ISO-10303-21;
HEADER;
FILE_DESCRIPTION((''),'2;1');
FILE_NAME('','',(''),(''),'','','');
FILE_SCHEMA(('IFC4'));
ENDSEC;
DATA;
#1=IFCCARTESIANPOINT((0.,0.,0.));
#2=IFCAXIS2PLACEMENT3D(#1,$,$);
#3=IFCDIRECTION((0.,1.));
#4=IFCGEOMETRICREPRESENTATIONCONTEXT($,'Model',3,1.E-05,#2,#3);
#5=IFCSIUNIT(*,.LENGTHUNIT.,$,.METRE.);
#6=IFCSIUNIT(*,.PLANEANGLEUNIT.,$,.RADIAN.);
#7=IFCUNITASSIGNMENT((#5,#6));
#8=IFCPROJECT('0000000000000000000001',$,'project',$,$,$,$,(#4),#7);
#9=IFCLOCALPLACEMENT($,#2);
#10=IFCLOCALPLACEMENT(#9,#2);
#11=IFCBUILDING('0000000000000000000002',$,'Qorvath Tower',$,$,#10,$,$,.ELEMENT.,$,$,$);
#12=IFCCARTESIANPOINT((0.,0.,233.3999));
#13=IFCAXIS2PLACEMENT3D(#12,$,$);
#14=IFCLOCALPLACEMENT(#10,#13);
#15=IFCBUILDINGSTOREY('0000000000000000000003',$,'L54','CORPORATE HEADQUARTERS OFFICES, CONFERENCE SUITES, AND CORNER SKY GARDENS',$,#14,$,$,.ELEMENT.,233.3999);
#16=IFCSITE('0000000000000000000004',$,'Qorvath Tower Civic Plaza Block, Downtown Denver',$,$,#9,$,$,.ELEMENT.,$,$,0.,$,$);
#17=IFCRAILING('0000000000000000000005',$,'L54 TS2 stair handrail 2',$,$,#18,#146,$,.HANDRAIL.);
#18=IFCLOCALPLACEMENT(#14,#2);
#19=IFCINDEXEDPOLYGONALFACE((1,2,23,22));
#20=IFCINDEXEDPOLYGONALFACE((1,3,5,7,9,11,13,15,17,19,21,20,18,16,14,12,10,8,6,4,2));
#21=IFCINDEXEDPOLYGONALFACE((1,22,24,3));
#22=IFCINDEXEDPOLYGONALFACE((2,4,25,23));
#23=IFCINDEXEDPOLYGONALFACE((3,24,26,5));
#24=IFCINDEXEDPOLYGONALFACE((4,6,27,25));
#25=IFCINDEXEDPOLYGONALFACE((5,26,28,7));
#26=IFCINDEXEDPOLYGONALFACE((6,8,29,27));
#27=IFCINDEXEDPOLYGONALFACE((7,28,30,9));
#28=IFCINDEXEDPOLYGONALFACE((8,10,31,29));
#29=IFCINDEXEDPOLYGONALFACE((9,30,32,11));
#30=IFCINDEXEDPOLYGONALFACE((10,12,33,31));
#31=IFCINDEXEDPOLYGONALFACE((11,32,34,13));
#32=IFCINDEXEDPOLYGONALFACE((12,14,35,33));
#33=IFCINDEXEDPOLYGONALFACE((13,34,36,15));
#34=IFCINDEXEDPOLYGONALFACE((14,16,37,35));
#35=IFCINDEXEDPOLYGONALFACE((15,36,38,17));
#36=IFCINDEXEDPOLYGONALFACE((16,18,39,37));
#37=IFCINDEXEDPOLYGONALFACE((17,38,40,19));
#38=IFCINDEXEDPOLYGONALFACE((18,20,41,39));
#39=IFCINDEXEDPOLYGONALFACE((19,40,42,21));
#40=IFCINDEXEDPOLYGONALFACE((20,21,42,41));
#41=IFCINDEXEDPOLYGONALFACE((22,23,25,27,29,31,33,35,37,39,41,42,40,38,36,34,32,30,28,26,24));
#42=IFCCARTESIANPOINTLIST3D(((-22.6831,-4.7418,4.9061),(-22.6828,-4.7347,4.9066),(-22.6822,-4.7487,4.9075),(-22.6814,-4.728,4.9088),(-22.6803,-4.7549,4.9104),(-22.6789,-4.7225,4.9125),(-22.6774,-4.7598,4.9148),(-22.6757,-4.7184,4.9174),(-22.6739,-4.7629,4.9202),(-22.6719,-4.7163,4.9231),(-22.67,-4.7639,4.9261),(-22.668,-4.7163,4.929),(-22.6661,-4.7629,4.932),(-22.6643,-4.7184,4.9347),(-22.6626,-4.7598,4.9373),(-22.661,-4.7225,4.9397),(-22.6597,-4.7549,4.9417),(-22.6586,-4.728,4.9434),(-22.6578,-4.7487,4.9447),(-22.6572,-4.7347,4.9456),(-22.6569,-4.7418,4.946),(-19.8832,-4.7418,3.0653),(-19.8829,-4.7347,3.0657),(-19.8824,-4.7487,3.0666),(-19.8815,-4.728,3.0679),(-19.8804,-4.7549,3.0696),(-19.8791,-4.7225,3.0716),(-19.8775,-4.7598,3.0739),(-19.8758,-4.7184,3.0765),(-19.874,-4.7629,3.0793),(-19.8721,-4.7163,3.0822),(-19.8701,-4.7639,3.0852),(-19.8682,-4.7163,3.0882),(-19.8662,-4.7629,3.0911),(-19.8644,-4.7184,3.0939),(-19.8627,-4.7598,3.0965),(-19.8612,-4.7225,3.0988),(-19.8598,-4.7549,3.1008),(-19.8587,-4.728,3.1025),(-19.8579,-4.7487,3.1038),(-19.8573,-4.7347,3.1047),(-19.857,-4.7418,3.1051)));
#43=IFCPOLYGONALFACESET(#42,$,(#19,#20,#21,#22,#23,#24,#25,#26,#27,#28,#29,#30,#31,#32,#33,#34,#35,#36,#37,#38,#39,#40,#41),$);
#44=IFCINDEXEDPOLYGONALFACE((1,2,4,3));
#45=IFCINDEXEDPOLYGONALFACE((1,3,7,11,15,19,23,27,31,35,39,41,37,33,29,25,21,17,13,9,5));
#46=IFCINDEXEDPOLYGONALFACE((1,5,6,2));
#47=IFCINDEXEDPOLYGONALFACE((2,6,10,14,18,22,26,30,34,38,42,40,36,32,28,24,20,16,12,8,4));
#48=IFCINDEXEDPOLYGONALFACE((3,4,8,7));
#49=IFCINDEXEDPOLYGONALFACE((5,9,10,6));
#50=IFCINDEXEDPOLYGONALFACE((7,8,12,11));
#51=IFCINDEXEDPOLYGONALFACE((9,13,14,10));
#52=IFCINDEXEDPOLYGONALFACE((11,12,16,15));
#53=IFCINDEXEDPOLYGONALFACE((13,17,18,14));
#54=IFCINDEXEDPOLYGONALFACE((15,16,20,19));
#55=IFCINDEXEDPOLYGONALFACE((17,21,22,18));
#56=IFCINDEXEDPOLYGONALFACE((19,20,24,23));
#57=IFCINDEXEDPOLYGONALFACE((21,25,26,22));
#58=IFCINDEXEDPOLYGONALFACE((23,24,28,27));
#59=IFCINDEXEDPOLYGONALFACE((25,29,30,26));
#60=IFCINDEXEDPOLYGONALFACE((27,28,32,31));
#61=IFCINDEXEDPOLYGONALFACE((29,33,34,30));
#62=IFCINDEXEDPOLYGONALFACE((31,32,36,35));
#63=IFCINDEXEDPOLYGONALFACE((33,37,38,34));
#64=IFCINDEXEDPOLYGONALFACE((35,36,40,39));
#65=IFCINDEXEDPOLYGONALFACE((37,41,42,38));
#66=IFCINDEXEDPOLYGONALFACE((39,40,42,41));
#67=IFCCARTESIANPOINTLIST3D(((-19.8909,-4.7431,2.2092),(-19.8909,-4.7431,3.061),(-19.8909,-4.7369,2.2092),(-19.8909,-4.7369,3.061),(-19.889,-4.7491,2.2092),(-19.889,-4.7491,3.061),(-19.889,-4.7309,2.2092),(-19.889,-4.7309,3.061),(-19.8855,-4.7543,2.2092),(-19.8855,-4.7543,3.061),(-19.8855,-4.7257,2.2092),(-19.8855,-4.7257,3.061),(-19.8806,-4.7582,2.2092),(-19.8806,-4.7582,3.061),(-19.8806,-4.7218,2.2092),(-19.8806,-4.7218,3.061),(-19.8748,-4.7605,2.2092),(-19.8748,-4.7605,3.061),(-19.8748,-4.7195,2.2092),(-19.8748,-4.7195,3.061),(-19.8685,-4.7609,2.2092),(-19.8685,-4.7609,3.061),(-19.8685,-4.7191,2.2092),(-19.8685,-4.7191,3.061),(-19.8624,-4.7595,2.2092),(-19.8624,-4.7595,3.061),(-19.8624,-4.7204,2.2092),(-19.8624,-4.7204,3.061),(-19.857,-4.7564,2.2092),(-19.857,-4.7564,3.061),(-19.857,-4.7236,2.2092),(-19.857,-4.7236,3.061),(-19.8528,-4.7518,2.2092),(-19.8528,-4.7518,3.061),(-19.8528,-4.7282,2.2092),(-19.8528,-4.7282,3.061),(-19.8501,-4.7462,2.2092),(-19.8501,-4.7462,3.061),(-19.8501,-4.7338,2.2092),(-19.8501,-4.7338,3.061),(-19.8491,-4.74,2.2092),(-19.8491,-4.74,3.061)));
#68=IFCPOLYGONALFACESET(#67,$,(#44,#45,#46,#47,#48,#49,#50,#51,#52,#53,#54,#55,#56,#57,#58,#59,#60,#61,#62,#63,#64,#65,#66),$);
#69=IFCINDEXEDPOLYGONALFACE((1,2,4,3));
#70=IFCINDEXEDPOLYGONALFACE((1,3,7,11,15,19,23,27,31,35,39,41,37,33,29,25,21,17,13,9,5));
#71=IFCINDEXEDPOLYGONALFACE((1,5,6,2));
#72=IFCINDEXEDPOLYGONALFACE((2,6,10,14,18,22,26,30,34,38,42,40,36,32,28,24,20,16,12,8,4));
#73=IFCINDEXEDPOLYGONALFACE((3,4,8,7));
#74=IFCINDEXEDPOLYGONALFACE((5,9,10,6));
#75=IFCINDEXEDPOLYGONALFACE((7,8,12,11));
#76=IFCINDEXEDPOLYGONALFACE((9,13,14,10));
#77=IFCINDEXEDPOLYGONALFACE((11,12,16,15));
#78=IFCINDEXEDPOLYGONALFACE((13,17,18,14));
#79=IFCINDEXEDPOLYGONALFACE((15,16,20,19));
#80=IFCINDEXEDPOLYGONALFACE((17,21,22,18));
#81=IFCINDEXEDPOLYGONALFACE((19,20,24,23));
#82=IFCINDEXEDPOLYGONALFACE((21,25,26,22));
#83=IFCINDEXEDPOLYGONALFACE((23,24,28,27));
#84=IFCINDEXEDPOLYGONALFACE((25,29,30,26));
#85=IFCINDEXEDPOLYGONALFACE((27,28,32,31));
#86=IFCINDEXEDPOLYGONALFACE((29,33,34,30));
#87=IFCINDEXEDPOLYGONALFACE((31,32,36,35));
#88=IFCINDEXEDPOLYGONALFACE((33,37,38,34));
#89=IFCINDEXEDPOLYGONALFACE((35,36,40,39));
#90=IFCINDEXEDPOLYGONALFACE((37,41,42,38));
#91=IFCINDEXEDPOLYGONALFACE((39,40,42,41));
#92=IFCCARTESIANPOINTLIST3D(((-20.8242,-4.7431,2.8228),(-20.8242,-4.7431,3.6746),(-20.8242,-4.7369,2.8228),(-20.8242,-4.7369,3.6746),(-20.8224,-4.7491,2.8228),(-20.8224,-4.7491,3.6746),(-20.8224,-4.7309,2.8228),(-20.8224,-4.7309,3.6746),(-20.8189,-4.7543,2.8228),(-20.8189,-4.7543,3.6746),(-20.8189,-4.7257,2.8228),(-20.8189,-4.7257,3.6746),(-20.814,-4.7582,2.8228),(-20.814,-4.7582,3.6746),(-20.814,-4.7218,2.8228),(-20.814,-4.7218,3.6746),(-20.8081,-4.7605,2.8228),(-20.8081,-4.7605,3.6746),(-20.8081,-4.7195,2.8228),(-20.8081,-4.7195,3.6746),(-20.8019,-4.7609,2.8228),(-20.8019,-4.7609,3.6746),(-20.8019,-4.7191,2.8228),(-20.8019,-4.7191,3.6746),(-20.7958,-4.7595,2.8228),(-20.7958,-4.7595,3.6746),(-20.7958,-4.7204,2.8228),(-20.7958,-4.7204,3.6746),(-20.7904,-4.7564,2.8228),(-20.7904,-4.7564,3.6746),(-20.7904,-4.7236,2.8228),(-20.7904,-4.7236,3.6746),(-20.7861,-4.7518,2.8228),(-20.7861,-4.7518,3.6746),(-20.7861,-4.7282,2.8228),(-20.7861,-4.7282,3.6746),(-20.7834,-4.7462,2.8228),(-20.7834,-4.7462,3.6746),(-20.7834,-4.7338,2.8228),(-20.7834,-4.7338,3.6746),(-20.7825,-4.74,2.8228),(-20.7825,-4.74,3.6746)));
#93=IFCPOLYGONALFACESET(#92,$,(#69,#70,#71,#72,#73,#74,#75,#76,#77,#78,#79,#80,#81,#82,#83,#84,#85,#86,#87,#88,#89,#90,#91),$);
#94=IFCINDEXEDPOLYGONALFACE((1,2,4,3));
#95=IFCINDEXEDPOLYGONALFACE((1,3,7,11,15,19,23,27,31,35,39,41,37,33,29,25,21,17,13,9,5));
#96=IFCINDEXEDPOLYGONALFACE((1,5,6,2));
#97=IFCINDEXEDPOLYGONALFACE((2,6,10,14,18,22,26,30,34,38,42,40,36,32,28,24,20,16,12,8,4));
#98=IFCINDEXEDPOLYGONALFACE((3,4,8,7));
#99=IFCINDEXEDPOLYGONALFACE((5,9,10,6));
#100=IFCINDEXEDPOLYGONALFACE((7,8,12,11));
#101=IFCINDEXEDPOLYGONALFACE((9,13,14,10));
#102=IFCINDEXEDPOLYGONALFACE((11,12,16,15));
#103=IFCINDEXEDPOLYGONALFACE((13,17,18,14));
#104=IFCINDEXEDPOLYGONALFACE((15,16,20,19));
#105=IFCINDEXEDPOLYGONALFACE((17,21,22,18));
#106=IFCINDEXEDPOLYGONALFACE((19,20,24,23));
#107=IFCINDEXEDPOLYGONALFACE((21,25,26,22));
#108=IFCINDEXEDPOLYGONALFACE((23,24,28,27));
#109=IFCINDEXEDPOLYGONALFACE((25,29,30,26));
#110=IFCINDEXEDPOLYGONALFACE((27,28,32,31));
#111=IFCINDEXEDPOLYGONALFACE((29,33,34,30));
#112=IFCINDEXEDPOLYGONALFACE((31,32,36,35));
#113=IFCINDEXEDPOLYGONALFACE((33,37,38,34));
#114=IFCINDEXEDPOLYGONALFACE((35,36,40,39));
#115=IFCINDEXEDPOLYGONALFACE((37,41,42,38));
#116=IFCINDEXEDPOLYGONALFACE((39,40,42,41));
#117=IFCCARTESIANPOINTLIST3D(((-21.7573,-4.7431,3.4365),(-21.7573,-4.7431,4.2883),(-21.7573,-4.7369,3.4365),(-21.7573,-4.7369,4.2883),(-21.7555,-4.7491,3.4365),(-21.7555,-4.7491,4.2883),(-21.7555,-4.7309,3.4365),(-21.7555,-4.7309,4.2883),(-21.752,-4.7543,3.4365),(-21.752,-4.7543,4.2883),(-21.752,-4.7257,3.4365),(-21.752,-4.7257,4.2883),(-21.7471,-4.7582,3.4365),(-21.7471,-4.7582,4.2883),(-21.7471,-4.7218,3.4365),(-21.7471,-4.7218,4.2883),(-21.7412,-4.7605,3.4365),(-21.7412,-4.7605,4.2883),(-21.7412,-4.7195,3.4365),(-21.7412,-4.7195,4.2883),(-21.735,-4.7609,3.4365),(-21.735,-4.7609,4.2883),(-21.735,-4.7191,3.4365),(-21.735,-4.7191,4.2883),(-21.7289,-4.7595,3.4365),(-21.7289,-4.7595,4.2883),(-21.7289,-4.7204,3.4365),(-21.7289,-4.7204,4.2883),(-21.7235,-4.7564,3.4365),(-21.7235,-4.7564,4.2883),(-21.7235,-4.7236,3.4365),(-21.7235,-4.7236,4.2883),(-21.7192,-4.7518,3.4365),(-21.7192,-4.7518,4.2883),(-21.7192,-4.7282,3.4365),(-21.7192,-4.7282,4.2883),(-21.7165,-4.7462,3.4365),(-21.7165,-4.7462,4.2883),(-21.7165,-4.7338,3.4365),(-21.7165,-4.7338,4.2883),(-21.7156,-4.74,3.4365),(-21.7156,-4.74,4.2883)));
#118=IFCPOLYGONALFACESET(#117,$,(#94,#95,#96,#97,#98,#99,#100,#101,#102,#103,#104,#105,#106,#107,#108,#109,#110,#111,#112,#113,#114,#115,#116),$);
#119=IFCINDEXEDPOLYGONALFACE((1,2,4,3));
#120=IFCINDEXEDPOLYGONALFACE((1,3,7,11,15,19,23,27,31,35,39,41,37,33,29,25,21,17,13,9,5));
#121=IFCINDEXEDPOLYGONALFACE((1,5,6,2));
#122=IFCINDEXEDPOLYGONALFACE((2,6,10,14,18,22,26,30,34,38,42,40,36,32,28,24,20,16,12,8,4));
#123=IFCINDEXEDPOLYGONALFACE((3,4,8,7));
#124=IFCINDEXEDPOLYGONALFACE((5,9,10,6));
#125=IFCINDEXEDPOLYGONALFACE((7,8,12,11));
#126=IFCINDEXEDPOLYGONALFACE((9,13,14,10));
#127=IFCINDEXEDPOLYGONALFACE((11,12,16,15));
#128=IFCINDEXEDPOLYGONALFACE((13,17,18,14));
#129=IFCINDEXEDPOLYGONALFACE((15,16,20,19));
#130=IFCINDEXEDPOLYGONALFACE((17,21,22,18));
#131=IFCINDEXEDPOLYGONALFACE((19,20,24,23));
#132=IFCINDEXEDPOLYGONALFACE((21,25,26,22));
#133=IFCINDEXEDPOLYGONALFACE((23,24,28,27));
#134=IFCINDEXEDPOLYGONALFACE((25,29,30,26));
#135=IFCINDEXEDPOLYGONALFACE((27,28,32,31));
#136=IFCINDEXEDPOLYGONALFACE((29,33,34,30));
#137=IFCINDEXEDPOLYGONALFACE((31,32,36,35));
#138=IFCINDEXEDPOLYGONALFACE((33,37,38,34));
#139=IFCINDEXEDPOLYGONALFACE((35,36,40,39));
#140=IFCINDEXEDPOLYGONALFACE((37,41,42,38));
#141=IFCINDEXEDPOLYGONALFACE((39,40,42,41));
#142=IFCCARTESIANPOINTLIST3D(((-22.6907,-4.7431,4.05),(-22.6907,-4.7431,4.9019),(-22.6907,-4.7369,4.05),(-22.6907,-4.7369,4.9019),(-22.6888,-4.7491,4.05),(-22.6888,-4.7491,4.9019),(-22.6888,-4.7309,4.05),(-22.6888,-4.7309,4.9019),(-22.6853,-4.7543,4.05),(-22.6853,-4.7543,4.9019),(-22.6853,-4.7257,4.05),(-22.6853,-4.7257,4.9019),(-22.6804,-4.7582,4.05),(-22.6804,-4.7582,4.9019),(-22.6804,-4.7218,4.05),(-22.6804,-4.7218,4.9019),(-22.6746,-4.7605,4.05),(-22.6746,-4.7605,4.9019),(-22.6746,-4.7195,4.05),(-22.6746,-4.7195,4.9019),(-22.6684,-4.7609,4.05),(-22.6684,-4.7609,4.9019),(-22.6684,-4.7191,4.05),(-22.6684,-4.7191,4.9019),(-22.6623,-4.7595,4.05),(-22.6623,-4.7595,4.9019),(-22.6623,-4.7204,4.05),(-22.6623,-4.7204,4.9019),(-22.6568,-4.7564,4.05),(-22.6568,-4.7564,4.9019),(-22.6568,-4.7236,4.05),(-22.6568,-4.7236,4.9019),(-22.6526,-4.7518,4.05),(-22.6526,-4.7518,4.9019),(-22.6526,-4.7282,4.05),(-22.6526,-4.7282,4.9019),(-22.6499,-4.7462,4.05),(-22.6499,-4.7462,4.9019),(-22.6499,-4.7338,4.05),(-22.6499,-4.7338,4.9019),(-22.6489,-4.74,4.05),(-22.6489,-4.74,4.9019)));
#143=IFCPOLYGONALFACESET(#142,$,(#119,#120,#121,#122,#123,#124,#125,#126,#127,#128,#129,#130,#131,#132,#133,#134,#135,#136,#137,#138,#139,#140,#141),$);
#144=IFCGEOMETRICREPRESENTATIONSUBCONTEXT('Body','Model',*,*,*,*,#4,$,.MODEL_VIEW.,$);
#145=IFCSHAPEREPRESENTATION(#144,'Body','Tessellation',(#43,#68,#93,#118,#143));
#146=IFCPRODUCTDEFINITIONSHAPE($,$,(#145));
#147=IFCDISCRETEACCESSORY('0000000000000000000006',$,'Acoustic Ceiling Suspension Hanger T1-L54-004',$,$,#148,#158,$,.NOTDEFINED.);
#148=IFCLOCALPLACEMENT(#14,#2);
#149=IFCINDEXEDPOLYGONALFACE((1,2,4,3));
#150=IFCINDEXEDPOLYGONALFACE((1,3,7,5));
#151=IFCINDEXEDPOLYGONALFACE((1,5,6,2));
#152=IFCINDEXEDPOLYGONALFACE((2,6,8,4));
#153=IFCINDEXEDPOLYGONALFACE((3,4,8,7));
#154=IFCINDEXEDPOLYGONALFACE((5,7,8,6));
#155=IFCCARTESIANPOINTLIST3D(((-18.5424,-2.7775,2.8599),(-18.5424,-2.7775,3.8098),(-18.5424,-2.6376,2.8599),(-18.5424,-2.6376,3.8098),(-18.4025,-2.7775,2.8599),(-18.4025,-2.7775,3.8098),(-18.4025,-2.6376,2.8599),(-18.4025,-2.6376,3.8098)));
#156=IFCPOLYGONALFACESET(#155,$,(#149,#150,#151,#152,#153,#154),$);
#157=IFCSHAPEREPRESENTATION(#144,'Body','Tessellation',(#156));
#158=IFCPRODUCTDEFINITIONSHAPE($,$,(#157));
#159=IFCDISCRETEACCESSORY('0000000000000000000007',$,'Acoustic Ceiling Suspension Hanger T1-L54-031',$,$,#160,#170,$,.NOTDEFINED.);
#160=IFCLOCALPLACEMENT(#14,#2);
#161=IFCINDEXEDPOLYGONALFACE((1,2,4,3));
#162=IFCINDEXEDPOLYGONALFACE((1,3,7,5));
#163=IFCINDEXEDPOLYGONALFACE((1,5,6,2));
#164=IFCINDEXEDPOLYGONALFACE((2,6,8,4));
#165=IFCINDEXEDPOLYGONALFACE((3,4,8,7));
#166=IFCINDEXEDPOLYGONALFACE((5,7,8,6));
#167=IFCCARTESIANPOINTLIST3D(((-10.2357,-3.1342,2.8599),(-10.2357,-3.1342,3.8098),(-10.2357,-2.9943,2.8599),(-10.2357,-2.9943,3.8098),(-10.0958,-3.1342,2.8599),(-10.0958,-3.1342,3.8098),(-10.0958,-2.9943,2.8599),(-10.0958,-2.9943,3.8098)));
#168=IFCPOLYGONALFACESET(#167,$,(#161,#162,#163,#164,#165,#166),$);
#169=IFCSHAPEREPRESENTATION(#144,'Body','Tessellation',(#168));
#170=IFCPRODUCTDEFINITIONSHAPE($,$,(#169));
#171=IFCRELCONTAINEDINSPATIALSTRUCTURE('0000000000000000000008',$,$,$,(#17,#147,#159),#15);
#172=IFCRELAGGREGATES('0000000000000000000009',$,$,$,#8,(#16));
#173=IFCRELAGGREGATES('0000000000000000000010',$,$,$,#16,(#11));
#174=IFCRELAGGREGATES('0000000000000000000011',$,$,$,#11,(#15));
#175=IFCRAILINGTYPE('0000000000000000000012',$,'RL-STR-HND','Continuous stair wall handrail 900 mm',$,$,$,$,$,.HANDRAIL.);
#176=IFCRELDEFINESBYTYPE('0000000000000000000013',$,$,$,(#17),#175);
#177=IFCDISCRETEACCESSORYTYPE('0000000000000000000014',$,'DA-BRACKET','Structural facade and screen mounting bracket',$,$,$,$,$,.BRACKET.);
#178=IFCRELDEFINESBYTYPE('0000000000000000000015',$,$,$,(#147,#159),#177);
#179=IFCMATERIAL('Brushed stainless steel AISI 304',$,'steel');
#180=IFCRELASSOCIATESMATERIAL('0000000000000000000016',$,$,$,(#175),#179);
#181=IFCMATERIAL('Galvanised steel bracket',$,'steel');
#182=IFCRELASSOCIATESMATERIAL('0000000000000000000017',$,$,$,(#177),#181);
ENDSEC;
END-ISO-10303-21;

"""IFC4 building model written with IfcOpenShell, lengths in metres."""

from ifc_helpers import new_model, si_unit, direction, frame, origin, origin_2d, place, context, subcontext, project, spatial, rectangle, circle, extrude, material, type_object, element, save


model = new_model("IFC4")

# Units and contexts
model_context = context("Model", 3, precision=1e-05, world=origin(), true_north=direction((0.0, 1.0)))
body_context = subcontext(model_context, "Body", "Model", "MODEL_VIEW")
ifc_project = project(units=[si_unit("LENGTHUNIT", "METRE"), si_unit("PLANEANGLEUNIT", "RADIAN")], contexts=[model_context])

# Site, building, storey
site_placement = place(None, origin())
site = spatial("IfcSite", under=ifc_project, at=site_placement, Name="Qorvath Tower Civic Plaza Block, Downtown Denver", CompositionType="ELEMENT", RefElevation=0.0)
building_placement = place(site_placement, origin())
building = spatial("IfcBuilding", under=site, at=building_placement, Name="Qorvath Tower", CompositionType="ELEMENT")
storey_placement = place(building_placement, frame((0.0, 0.0, 233.3999)))
storey = spatial("IfcBuildingStorey", under=building, at=storey_placement, Name="L54", Description="CORPORATE HEADQUARTERS OFFICES, CONFERENCE SUITES, AND CORNER SKY GARDENS", CompositionType="ELEMENT", Elevation=233.3999)

# Railing
ifc_material_1 = material(Name="Brushed stainless steel AISI 304", Category="steel")
railing_type = type_object("IfcRailingType", Name="RL-STR-HND", Description="Continuous stair wall handrail 900 mm", PredefinedType="HANDRAIL", material=ifc_material_1)
railing_placement = place(storey_placement, frame((-19.8701, -4.74, 2.2092)))
element("IfcRailing", 1, at=railing_placement, inside=storey, type_object=railing_type, Name="L54 TS2 stair handrail 2", PredefinedType="HANDRAIL", context=body_context, shape_type="SweptSolid", body=[
    extrude(circle(Radius=0.0239, at=origin_2d()), frame((0.0, 0.0, 0.876), z_axis=(-0.835576, 0.0, 0.549376), x_axis=(0.0, -1.0, 0.0)), (0.0, 0.0, 1.0), 3.3508),
    extrude(circle(Radius=0.021, at=origin_2d()), origin(), (0.0, 0.0, 1.0), 0.8518),
    extrude(circle(Radius=0.021, at=origin_2d()), frame((-0.9333, 0.0, 0.6135)), (0.0, 0.0, 1.0), 0.8518),
    extrude(circle(Radius=0.021, at=origin_2d()), frame((-1.8665, 0.0, 1.2273)), (0.0, 0.0, 1.0), 0.8518),
    extrude(circle(Radius=0.021, at=origin_2d()), frame((-2.7998, 0.0, 1.8408)), (0.0, 0.0, 1.0), 0.8518),
])

# Discrete accessories
ifc_material_2 = material(Name="Galvanised steel bracket", Category="steel")
discrete_accessory_type = type_object("IfcDiscreteAccessoryType", Name="DA-BRACKET", Description="Structural facade and screen mounting bracket", PredefinedType="BRACKET", material=ifc_material_2)
for number, where, z_axis, x_axis, name in (
    (2, (-18.4724, -2.7075, 2.8599), (0.0, 0.0, 1.0), (1.0, 0.0, 0.0), "Acoustic Ceiling Suspension Hanger T1-L54-004"),
    (3, (-10.1658, -3.0642, 2.8599), (0.0, 0.0, 1.0), (1.0, 0.0, 0.0), "Acoustic Ceiling Suspension Hanger T1-L54-031"),
):
    element("IfcDiscreteAccessory", number, at=place(storey_placement, frame(where, z_axis=z_axis, x_axis=x_axis)), inside=storey, type_object=discrete_accessory_type, Name=name, PredefinedType="NOTDEFINED", context=body_context, shape_type="SweptSolid", body=[
        extrude(rectangle(XDim=0.1399, YDim=0.1399, at=origin_2d()), origin(), (0.0, 0.0, 1.0), 0.95),
    ])

save(model, "model.ifc")
